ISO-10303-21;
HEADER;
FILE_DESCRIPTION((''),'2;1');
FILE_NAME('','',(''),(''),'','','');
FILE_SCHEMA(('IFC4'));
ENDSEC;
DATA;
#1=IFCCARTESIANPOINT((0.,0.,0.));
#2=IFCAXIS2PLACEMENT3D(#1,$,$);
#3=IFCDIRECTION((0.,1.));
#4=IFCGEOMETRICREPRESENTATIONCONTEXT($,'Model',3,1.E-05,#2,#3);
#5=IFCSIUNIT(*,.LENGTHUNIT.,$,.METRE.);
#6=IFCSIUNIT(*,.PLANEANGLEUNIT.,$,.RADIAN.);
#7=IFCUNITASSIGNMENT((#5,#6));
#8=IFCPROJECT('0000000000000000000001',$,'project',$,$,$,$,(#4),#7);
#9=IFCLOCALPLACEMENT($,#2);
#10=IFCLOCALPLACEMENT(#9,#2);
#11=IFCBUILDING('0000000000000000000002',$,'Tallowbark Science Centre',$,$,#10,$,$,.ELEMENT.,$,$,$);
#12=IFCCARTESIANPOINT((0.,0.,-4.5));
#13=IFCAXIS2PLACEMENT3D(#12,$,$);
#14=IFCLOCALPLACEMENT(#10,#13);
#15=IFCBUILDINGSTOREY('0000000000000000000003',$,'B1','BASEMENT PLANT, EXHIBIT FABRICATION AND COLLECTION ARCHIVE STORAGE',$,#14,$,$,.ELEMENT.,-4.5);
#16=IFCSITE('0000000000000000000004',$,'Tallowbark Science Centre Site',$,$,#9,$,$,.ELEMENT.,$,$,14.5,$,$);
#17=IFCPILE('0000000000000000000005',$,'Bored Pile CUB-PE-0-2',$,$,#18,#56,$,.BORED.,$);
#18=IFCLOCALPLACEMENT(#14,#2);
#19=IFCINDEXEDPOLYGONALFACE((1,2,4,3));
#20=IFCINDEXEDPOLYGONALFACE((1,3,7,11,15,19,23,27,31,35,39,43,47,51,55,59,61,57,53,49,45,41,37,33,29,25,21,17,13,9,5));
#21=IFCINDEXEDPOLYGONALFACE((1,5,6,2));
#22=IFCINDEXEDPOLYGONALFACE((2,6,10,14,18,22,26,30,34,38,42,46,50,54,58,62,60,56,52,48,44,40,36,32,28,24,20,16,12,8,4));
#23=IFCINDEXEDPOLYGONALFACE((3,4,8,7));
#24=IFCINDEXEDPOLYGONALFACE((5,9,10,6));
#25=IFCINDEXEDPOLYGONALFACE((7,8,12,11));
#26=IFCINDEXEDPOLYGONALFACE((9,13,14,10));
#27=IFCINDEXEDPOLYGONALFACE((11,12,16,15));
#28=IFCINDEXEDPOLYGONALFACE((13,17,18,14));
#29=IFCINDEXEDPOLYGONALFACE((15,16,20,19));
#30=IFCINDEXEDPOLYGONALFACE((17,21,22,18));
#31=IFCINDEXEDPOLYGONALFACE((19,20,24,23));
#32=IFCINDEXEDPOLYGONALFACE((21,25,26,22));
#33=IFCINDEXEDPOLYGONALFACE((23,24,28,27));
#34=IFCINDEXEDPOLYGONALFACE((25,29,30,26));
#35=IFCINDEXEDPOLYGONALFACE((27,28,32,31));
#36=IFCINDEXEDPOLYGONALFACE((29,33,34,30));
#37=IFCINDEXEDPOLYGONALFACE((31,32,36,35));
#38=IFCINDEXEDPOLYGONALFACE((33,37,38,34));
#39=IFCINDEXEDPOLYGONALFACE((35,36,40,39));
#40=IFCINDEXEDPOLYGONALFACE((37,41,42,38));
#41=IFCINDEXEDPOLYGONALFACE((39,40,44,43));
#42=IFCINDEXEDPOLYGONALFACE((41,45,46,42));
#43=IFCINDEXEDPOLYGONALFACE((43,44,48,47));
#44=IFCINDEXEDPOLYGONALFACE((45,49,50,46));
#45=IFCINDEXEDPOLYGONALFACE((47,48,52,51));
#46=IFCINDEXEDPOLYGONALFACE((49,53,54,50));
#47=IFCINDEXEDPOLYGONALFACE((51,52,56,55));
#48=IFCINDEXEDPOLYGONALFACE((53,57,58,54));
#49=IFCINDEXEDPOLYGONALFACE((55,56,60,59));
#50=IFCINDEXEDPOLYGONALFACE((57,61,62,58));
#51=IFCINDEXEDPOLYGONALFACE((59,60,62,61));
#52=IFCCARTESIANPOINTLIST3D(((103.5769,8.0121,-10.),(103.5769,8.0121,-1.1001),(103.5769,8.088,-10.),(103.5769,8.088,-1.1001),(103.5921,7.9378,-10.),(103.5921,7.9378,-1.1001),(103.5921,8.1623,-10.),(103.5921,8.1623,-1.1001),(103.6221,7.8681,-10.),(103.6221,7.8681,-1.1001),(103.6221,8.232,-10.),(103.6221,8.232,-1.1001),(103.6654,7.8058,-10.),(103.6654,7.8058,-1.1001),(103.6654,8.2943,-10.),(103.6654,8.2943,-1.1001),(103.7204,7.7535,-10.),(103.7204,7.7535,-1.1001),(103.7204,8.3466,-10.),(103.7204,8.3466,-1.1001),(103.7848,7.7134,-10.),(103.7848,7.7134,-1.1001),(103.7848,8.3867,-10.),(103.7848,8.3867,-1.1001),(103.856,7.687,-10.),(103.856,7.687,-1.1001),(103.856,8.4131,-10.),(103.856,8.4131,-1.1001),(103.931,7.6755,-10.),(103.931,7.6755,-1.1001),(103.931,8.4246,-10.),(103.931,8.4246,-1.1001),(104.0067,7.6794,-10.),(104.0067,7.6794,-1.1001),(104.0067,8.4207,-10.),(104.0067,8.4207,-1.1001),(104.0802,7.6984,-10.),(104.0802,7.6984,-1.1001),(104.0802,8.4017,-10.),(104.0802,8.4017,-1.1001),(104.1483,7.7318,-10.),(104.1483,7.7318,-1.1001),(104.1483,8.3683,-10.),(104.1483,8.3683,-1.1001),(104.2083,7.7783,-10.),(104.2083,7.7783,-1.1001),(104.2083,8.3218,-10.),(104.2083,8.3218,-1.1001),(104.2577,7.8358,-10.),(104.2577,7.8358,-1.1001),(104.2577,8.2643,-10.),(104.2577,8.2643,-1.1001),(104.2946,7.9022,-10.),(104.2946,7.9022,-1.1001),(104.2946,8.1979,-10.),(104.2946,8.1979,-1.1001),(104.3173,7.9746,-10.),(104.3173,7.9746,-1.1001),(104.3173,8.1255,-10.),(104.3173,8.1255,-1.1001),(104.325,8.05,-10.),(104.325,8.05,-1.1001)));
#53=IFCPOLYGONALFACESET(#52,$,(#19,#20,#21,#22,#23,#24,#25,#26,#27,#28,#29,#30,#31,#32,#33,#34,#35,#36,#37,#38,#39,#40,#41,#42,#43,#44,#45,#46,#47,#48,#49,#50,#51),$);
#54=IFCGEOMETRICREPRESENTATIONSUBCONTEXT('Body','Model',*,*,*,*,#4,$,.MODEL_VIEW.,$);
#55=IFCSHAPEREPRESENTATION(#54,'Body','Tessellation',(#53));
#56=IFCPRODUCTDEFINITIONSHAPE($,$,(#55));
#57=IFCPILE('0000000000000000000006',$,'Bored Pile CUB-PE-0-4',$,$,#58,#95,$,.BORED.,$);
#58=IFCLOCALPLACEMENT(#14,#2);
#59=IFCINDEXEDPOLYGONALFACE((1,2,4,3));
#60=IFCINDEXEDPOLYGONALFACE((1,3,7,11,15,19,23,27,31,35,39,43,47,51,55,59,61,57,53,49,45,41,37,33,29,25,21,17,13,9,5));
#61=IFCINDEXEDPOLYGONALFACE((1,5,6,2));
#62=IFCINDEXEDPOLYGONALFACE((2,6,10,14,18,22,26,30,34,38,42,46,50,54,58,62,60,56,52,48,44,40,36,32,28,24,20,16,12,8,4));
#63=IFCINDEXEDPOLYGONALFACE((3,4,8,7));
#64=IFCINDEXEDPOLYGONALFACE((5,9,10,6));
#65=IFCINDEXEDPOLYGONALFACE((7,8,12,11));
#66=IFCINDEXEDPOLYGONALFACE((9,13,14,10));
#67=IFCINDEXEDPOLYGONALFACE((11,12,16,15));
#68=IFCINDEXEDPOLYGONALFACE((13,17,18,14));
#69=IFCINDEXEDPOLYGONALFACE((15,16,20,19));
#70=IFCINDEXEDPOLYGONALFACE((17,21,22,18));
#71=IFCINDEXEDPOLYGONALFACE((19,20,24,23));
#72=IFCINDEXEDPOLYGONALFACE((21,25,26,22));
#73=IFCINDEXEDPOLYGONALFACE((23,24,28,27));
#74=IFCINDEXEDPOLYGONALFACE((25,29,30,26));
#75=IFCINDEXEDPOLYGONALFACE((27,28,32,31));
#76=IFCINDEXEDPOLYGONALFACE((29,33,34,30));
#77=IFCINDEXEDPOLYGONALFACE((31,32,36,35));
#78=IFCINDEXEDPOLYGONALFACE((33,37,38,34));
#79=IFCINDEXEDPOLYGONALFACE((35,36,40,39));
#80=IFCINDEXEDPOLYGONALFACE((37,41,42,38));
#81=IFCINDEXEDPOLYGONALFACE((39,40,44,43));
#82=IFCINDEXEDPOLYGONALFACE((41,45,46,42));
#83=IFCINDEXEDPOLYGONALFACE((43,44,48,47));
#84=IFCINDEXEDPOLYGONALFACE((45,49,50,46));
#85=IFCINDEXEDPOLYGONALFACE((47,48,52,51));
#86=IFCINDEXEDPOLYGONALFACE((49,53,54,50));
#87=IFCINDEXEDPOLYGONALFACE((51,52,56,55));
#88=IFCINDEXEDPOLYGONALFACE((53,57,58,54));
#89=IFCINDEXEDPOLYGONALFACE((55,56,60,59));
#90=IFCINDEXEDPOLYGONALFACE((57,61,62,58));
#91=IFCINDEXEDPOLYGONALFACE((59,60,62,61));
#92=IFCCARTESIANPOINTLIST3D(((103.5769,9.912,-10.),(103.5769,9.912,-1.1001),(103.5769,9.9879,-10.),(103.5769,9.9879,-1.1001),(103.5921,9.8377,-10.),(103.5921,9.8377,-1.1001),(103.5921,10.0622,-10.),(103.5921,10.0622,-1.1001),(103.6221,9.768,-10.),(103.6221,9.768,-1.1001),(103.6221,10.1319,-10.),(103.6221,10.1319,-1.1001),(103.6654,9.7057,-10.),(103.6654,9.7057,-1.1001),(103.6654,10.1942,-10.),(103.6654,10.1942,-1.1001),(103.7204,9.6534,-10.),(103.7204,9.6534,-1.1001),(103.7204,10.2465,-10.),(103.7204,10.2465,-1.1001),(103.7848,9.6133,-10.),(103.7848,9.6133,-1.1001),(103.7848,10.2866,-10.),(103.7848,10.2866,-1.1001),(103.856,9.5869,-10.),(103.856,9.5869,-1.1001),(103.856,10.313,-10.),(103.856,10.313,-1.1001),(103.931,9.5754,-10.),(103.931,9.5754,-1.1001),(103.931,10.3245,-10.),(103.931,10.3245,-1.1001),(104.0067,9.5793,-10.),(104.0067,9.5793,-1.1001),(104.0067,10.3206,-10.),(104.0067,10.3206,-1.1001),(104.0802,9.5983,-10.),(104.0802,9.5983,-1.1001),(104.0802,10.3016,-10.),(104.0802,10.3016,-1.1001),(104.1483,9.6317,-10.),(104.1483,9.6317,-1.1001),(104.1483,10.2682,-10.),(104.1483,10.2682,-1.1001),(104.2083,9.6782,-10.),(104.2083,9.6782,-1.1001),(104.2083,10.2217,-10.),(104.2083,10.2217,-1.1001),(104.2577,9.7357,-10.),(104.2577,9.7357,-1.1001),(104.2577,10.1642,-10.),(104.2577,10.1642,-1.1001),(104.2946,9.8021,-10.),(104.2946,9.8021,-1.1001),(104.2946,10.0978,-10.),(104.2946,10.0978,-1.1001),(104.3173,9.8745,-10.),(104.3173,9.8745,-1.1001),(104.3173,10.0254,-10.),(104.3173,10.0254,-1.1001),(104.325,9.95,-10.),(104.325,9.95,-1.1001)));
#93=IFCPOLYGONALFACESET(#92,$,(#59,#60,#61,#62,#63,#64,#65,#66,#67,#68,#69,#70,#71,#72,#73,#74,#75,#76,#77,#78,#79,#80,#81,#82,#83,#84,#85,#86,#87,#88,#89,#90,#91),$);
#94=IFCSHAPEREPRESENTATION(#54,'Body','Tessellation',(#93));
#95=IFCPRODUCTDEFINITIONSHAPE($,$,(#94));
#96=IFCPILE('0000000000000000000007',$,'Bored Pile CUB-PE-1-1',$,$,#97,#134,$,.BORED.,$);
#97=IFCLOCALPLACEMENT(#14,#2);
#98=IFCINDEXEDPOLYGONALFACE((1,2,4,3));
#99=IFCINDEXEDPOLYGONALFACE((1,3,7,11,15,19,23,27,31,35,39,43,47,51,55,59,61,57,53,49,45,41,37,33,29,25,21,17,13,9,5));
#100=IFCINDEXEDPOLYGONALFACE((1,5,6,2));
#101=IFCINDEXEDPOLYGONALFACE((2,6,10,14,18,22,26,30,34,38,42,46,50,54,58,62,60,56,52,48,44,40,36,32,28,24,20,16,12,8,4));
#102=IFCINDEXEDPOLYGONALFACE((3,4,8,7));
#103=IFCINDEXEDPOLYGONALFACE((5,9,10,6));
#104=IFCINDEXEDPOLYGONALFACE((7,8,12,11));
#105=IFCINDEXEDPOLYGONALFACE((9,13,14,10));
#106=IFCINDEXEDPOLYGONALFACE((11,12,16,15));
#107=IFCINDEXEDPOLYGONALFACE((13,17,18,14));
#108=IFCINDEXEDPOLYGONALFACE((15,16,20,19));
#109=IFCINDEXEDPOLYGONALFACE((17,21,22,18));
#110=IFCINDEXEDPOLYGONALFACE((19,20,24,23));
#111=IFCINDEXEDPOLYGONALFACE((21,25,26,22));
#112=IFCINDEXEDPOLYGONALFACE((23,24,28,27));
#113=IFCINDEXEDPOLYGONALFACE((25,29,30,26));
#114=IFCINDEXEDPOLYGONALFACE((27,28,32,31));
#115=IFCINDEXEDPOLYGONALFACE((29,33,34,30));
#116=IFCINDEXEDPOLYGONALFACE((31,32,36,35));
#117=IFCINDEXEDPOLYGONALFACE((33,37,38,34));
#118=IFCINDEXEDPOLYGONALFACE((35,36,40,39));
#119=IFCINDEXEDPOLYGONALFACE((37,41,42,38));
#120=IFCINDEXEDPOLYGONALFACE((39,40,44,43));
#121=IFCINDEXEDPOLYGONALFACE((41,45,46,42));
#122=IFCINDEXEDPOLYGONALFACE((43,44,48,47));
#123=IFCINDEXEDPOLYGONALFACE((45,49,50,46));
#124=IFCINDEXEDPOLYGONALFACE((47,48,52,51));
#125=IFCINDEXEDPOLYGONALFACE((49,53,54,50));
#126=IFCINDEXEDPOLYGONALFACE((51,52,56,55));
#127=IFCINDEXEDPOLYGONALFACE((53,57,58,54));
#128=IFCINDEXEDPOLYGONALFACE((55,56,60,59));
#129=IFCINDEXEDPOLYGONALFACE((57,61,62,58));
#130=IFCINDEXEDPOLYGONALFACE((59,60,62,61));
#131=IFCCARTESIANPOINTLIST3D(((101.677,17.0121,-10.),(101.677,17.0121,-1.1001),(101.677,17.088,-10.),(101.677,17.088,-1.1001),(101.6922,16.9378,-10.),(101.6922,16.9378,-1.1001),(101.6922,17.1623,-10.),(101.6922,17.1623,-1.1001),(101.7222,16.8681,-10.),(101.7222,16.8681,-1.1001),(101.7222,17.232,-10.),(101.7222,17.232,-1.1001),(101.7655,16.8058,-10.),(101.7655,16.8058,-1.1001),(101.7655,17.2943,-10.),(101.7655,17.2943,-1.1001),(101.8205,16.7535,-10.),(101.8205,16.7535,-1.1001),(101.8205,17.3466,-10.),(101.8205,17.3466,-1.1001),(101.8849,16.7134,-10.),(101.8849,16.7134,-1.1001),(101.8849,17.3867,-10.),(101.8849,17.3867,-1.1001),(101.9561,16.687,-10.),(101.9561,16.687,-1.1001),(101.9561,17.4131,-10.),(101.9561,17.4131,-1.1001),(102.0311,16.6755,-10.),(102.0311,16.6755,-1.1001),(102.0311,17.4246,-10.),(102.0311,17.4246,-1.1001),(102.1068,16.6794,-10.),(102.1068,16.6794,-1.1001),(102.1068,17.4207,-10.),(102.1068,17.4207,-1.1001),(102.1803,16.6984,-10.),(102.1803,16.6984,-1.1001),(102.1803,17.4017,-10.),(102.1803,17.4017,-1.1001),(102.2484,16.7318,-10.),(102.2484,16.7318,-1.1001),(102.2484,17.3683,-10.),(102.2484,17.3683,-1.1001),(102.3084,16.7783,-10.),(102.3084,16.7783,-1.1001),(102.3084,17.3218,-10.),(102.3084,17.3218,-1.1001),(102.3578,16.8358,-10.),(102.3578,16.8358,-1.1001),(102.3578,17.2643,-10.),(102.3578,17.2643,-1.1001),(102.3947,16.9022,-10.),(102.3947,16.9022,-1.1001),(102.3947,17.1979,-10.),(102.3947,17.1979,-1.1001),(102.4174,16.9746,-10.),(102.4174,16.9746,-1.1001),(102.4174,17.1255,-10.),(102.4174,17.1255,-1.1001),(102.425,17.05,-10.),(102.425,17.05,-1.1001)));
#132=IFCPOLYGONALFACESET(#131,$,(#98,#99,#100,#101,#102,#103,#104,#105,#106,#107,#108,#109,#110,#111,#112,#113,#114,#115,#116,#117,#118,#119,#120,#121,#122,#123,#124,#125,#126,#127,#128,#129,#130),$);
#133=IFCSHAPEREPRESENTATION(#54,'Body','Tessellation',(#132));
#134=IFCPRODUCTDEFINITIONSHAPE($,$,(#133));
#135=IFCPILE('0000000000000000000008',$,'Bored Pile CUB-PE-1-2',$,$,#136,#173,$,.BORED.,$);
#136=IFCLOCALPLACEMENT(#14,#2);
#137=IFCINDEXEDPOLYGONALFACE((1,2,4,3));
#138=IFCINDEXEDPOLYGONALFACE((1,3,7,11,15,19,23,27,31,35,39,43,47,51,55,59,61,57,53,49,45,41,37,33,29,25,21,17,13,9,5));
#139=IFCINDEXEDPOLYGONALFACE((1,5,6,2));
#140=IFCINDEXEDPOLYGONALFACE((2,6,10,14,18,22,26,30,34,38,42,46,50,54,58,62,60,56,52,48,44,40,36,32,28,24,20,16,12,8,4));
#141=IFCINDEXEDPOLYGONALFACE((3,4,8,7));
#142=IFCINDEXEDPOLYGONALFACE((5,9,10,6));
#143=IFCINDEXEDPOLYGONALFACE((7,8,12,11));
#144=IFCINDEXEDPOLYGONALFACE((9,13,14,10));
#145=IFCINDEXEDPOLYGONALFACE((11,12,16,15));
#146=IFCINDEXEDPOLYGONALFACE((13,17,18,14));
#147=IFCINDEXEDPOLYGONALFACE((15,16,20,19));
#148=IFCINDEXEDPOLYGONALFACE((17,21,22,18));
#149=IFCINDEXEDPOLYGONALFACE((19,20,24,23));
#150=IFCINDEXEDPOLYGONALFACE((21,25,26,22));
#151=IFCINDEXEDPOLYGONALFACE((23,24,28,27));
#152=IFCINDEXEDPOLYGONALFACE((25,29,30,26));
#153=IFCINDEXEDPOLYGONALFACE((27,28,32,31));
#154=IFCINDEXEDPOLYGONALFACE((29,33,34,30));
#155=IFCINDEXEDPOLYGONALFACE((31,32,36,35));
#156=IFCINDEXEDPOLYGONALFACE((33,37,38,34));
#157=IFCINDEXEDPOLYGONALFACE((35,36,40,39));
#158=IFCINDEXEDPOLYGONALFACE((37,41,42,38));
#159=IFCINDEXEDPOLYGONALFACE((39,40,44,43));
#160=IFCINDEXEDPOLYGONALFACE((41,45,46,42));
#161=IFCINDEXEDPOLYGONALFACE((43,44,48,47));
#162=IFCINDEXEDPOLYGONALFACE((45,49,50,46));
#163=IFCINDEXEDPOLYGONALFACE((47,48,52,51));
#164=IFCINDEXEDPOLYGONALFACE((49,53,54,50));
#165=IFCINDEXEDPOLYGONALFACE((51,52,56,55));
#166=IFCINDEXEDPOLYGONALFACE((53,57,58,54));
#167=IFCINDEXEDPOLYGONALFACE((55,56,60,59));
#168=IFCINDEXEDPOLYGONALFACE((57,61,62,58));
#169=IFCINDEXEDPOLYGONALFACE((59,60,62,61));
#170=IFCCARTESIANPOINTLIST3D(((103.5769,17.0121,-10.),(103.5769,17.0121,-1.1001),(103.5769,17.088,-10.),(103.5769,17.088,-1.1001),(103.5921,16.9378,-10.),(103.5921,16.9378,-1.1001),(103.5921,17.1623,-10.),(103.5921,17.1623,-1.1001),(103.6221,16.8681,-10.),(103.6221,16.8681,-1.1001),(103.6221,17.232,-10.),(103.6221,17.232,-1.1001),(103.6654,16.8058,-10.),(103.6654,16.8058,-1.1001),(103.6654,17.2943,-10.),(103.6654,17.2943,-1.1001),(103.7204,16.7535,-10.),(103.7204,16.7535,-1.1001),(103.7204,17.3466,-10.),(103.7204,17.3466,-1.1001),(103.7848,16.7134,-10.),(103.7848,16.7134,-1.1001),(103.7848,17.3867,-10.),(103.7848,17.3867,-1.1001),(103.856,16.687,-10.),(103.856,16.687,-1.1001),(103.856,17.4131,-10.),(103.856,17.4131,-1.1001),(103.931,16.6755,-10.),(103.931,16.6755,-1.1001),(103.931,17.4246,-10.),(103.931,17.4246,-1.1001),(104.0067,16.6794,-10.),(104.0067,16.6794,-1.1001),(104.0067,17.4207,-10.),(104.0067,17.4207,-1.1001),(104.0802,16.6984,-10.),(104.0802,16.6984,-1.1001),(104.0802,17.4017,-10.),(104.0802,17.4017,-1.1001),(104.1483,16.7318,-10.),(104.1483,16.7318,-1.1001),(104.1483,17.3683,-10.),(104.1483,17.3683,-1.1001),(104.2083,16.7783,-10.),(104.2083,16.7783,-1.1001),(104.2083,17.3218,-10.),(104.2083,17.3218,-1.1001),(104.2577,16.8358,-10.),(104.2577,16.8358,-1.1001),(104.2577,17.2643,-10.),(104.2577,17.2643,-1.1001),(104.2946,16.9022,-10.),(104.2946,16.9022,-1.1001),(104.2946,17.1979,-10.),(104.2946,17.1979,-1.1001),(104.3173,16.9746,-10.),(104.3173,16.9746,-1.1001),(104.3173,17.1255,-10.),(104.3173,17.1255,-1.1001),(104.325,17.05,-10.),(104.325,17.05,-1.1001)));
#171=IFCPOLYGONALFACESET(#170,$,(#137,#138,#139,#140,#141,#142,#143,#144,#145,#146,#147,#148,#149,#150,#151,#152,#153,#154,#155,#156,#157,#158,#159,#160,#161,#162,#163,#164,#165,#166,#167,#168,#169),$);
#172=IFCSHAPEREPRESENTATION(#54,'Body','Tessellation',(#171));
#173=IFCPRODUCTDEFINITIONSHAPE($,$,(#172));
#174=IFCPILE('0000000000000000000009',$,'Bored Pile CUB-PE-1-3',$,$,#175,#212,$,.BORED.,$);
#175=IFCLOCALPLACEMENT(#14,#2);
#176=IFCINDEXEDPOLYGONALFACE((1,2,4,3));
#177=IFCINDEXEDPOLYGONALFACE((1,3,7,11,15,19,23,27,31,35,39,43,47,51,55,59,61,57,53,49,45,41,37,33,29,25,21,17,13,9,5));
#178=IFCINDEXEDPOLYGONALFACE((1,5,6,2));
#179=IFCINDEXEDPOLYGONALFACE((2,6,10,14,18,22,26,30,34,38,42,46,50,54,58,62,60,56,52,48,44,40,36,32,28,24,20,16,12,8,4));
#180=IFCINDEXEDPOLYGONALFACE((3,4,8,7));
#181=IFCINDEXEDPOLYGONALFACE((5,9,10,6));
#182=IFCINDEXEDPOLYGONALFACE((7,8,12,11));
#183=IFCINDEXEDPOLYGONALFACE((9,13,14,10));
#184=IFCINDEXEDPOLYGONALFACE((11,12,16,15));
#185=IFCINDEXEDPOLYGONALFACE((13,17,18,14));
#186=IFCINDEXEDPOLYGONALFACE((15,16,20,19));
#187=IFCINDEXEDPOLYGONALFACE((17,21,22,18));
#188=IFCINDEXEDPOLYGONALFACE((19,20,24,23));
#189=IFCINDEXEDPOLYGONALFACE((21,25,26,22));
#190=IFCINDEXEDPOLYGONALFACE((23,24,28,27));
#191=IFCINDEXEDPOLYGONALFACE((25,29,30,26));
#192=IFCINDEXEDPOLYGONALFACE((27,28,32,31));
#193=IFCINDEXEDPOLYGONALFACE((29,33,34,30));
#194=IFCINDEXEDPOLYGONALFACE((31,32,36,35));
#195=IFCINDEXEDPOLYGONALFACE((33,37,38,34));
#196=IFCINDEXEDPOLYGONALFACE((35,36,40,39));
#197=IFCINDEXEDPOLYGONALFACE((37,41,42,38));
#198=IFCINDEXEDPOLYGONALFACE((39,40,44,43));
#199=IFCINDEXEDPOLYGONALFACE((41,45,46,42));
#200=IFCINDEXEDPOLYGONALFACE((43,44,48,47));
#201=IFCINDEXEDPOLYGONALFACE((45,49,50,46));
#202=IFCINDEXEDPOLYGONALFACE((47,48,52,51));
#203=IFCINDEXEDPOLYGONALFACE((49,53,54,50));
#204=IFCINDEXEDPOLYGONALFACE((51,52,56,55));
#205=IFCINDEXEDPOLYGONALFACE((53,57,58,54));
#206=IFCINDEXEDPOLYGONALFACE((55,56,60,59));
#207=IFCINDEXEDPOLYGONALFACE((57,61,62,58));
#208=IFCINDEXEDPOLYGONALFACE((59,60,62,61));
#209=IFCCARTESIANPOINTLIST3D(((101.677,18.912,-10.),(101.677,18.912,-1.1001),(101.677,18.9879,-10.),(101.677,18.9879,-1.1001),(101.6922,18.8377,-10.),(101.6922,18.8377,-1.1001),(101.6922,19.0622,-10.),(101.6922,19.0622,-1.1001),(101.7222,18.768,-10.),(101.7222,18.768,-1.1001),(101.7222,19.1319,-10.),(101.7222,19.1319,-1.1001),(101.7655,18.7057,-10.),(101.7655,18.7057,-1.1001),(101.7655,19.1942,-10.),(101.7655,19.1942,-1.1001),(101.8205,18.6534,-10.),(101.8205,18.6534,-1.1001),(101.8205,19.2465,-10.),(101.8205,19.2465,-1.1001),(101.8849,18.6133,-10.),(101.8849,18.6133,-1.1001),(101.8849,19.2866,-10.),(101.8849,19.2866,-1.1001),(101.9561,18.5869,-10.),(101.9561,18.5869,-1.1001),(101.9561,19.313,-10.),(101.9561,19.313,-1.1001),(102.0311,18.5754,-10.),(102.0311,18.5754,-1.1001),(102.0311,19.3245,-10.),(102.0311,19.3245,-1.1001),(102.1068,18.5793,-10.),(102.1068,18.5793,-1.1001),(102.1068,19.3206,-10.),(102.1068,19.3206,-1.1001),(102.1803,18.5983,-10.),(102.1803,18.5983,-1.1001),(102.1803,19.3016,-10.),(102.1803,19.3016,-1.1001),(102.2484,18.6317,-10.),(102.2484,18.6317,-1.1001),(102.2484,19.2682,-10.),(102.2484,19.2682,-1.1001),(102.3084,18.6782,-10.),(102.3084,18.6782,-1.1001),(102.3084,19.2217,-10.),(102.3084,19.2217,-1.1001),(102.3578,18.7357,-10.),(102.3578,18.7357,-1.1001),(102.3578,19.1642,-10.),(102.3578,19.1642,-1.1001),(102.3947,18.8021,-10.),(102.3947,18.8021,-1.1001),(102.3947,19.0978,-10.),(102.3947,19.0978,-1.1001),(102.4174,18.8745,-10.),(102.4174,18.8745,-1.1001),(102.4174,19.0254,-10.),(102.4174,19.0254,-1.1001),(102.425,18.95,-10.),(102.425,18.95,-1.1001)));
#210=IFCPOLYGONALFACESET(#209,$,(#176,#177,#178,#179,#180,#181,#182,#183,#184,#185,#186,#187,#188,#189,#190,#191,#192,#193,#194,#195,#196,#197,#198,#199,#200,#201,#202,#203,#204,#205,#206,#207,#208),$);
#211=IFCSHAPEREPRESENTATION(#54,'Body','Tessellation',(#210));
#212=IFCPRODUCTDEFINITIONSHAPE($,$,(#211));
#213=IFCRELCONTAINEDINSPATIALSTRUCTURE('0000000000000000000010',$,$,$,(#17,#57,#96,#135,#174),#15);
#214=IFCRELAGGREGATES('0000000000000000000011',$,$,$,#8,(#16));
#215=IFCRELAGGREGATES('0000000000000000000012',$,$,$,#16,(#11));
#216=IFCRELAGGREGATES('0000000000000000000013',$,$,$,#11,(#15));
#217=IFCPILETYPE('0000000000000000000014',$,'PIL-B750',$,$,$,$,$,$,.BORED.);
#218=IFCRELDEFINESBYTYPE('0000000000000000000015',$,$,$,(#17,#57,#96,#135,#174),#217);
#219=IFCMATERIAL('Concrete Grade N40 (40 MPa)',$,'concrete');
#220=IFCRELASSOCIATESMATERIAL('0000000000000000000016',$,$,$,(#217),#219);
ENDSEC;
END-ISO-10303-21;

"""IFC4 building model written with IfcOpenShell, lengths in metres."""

from ifc_helpers import new_model, si_unit, direction, frame, origin, origin_2d, place, context, subcontext, project, spatial, circle, extrude, material, material_profile, profile_set, type_object, element, save


model = new_model("IFC4")

# Units and contexts
model_context = context("Model", 3, precision=1e-05, world=origin(), true_north=direction((0.0, 1.0)))
body_context = subcontext(model_context, "Body", "Model", "MODEL_VIEW")
ifc_project = project(units=[si_unit("LENGTHUNIT", "METRE"), si_unit("PLANEANGLEUNIT", "RADIAN")], contexts=[model_context])

# Site, building, storey
site_placement = place(None, origin())
site = spatial("IfcSite", under=ifc_project, at=site_placement, Name="Tallowbark Science Centre Site", CompositionType="ELEMENT", RefElevation=14.5)
building_placement = place(site_placement, origin())
building = spatial("IfcBuilding", under=site, at=building_placement, Name="Tallowbark Science Centre", CompositionType="ELEMENT")
storey_placement = place(building_placement, frame((0.0, 0.0, -4.5)))
storey = spatial("IfcBuildingStorey", under=building, at=storey_placement, Name="B1", Description="BASEMENT PLANT, EXHIBIT FABRICATION AND COLLECTION ARCHIVE STORAGE", CompositionType="ELEMENT", Elevation=-4.5)

# Shared definitions
ifc_material_1 = material(Name="Concrete Grade N40 (40 MPa)", Category="concrete")

# Piles
ifc_material_profile_1 = material_profile(ifc_material_1, circle(Radius=0.375, at=origin_2d()), Name="PILE750")
ifc_profile_set_1 = profile_set([ifc_material_profile_1], Name="Concrete Grade N40 (40 MPa)")
pile_type = type_object("IfcPileType", Name="PIL-B750", PredefinedType="BORED", material=ifc_profile_set_1)
for number, where, z_axis, x_axis, name in (
    (1, (103.95, 8.05, -1.1001), (0.0, 0.0, -1.0), (1.0, 0.0, 0.0), "Bored Pile CUB-PE-0-2"),
    (2, (103.95, 9.95, -1.1001), (0.0, 0.0, -1.0), (1.0, 0.0, 0.0), "Bored Pile CUB-PE-0-4"),
    (3, (102.05, 17.05, -1.1001), (0.0, 0.0, -1.0), (1.0, 0.0, 0.0), "Bored Pile CUB-PE-1-1"),
    (4, (103.95, 17.05, -1.1001), (0.0, 0.0, -1.0), (1.0, 0.0, 0.0), "Bored Pile CUB-PE-1-2"),
    (5, (102.05, 18.95, -1.1001), (0.0, 0.0, -1.0), (1.0, 0.0, 0.0), "Bored Pile CUB-PE-1-3"),
):
    element("IfcPile", number, at=place(storey_placement, frame(where, z_axis=z_axis, x_axis=x_axis)), inside=storey, type_object=pile_type, Name=name, PredefinedType="BORED", context=body_context, shape_type="SweptSolid", body=[
        extrude(circle(Radius=0.375, at=origin_2d()), origin(), (0.0, 0.0, 1.0), 8.8999),
    ])

save(model, "model.ifc")
